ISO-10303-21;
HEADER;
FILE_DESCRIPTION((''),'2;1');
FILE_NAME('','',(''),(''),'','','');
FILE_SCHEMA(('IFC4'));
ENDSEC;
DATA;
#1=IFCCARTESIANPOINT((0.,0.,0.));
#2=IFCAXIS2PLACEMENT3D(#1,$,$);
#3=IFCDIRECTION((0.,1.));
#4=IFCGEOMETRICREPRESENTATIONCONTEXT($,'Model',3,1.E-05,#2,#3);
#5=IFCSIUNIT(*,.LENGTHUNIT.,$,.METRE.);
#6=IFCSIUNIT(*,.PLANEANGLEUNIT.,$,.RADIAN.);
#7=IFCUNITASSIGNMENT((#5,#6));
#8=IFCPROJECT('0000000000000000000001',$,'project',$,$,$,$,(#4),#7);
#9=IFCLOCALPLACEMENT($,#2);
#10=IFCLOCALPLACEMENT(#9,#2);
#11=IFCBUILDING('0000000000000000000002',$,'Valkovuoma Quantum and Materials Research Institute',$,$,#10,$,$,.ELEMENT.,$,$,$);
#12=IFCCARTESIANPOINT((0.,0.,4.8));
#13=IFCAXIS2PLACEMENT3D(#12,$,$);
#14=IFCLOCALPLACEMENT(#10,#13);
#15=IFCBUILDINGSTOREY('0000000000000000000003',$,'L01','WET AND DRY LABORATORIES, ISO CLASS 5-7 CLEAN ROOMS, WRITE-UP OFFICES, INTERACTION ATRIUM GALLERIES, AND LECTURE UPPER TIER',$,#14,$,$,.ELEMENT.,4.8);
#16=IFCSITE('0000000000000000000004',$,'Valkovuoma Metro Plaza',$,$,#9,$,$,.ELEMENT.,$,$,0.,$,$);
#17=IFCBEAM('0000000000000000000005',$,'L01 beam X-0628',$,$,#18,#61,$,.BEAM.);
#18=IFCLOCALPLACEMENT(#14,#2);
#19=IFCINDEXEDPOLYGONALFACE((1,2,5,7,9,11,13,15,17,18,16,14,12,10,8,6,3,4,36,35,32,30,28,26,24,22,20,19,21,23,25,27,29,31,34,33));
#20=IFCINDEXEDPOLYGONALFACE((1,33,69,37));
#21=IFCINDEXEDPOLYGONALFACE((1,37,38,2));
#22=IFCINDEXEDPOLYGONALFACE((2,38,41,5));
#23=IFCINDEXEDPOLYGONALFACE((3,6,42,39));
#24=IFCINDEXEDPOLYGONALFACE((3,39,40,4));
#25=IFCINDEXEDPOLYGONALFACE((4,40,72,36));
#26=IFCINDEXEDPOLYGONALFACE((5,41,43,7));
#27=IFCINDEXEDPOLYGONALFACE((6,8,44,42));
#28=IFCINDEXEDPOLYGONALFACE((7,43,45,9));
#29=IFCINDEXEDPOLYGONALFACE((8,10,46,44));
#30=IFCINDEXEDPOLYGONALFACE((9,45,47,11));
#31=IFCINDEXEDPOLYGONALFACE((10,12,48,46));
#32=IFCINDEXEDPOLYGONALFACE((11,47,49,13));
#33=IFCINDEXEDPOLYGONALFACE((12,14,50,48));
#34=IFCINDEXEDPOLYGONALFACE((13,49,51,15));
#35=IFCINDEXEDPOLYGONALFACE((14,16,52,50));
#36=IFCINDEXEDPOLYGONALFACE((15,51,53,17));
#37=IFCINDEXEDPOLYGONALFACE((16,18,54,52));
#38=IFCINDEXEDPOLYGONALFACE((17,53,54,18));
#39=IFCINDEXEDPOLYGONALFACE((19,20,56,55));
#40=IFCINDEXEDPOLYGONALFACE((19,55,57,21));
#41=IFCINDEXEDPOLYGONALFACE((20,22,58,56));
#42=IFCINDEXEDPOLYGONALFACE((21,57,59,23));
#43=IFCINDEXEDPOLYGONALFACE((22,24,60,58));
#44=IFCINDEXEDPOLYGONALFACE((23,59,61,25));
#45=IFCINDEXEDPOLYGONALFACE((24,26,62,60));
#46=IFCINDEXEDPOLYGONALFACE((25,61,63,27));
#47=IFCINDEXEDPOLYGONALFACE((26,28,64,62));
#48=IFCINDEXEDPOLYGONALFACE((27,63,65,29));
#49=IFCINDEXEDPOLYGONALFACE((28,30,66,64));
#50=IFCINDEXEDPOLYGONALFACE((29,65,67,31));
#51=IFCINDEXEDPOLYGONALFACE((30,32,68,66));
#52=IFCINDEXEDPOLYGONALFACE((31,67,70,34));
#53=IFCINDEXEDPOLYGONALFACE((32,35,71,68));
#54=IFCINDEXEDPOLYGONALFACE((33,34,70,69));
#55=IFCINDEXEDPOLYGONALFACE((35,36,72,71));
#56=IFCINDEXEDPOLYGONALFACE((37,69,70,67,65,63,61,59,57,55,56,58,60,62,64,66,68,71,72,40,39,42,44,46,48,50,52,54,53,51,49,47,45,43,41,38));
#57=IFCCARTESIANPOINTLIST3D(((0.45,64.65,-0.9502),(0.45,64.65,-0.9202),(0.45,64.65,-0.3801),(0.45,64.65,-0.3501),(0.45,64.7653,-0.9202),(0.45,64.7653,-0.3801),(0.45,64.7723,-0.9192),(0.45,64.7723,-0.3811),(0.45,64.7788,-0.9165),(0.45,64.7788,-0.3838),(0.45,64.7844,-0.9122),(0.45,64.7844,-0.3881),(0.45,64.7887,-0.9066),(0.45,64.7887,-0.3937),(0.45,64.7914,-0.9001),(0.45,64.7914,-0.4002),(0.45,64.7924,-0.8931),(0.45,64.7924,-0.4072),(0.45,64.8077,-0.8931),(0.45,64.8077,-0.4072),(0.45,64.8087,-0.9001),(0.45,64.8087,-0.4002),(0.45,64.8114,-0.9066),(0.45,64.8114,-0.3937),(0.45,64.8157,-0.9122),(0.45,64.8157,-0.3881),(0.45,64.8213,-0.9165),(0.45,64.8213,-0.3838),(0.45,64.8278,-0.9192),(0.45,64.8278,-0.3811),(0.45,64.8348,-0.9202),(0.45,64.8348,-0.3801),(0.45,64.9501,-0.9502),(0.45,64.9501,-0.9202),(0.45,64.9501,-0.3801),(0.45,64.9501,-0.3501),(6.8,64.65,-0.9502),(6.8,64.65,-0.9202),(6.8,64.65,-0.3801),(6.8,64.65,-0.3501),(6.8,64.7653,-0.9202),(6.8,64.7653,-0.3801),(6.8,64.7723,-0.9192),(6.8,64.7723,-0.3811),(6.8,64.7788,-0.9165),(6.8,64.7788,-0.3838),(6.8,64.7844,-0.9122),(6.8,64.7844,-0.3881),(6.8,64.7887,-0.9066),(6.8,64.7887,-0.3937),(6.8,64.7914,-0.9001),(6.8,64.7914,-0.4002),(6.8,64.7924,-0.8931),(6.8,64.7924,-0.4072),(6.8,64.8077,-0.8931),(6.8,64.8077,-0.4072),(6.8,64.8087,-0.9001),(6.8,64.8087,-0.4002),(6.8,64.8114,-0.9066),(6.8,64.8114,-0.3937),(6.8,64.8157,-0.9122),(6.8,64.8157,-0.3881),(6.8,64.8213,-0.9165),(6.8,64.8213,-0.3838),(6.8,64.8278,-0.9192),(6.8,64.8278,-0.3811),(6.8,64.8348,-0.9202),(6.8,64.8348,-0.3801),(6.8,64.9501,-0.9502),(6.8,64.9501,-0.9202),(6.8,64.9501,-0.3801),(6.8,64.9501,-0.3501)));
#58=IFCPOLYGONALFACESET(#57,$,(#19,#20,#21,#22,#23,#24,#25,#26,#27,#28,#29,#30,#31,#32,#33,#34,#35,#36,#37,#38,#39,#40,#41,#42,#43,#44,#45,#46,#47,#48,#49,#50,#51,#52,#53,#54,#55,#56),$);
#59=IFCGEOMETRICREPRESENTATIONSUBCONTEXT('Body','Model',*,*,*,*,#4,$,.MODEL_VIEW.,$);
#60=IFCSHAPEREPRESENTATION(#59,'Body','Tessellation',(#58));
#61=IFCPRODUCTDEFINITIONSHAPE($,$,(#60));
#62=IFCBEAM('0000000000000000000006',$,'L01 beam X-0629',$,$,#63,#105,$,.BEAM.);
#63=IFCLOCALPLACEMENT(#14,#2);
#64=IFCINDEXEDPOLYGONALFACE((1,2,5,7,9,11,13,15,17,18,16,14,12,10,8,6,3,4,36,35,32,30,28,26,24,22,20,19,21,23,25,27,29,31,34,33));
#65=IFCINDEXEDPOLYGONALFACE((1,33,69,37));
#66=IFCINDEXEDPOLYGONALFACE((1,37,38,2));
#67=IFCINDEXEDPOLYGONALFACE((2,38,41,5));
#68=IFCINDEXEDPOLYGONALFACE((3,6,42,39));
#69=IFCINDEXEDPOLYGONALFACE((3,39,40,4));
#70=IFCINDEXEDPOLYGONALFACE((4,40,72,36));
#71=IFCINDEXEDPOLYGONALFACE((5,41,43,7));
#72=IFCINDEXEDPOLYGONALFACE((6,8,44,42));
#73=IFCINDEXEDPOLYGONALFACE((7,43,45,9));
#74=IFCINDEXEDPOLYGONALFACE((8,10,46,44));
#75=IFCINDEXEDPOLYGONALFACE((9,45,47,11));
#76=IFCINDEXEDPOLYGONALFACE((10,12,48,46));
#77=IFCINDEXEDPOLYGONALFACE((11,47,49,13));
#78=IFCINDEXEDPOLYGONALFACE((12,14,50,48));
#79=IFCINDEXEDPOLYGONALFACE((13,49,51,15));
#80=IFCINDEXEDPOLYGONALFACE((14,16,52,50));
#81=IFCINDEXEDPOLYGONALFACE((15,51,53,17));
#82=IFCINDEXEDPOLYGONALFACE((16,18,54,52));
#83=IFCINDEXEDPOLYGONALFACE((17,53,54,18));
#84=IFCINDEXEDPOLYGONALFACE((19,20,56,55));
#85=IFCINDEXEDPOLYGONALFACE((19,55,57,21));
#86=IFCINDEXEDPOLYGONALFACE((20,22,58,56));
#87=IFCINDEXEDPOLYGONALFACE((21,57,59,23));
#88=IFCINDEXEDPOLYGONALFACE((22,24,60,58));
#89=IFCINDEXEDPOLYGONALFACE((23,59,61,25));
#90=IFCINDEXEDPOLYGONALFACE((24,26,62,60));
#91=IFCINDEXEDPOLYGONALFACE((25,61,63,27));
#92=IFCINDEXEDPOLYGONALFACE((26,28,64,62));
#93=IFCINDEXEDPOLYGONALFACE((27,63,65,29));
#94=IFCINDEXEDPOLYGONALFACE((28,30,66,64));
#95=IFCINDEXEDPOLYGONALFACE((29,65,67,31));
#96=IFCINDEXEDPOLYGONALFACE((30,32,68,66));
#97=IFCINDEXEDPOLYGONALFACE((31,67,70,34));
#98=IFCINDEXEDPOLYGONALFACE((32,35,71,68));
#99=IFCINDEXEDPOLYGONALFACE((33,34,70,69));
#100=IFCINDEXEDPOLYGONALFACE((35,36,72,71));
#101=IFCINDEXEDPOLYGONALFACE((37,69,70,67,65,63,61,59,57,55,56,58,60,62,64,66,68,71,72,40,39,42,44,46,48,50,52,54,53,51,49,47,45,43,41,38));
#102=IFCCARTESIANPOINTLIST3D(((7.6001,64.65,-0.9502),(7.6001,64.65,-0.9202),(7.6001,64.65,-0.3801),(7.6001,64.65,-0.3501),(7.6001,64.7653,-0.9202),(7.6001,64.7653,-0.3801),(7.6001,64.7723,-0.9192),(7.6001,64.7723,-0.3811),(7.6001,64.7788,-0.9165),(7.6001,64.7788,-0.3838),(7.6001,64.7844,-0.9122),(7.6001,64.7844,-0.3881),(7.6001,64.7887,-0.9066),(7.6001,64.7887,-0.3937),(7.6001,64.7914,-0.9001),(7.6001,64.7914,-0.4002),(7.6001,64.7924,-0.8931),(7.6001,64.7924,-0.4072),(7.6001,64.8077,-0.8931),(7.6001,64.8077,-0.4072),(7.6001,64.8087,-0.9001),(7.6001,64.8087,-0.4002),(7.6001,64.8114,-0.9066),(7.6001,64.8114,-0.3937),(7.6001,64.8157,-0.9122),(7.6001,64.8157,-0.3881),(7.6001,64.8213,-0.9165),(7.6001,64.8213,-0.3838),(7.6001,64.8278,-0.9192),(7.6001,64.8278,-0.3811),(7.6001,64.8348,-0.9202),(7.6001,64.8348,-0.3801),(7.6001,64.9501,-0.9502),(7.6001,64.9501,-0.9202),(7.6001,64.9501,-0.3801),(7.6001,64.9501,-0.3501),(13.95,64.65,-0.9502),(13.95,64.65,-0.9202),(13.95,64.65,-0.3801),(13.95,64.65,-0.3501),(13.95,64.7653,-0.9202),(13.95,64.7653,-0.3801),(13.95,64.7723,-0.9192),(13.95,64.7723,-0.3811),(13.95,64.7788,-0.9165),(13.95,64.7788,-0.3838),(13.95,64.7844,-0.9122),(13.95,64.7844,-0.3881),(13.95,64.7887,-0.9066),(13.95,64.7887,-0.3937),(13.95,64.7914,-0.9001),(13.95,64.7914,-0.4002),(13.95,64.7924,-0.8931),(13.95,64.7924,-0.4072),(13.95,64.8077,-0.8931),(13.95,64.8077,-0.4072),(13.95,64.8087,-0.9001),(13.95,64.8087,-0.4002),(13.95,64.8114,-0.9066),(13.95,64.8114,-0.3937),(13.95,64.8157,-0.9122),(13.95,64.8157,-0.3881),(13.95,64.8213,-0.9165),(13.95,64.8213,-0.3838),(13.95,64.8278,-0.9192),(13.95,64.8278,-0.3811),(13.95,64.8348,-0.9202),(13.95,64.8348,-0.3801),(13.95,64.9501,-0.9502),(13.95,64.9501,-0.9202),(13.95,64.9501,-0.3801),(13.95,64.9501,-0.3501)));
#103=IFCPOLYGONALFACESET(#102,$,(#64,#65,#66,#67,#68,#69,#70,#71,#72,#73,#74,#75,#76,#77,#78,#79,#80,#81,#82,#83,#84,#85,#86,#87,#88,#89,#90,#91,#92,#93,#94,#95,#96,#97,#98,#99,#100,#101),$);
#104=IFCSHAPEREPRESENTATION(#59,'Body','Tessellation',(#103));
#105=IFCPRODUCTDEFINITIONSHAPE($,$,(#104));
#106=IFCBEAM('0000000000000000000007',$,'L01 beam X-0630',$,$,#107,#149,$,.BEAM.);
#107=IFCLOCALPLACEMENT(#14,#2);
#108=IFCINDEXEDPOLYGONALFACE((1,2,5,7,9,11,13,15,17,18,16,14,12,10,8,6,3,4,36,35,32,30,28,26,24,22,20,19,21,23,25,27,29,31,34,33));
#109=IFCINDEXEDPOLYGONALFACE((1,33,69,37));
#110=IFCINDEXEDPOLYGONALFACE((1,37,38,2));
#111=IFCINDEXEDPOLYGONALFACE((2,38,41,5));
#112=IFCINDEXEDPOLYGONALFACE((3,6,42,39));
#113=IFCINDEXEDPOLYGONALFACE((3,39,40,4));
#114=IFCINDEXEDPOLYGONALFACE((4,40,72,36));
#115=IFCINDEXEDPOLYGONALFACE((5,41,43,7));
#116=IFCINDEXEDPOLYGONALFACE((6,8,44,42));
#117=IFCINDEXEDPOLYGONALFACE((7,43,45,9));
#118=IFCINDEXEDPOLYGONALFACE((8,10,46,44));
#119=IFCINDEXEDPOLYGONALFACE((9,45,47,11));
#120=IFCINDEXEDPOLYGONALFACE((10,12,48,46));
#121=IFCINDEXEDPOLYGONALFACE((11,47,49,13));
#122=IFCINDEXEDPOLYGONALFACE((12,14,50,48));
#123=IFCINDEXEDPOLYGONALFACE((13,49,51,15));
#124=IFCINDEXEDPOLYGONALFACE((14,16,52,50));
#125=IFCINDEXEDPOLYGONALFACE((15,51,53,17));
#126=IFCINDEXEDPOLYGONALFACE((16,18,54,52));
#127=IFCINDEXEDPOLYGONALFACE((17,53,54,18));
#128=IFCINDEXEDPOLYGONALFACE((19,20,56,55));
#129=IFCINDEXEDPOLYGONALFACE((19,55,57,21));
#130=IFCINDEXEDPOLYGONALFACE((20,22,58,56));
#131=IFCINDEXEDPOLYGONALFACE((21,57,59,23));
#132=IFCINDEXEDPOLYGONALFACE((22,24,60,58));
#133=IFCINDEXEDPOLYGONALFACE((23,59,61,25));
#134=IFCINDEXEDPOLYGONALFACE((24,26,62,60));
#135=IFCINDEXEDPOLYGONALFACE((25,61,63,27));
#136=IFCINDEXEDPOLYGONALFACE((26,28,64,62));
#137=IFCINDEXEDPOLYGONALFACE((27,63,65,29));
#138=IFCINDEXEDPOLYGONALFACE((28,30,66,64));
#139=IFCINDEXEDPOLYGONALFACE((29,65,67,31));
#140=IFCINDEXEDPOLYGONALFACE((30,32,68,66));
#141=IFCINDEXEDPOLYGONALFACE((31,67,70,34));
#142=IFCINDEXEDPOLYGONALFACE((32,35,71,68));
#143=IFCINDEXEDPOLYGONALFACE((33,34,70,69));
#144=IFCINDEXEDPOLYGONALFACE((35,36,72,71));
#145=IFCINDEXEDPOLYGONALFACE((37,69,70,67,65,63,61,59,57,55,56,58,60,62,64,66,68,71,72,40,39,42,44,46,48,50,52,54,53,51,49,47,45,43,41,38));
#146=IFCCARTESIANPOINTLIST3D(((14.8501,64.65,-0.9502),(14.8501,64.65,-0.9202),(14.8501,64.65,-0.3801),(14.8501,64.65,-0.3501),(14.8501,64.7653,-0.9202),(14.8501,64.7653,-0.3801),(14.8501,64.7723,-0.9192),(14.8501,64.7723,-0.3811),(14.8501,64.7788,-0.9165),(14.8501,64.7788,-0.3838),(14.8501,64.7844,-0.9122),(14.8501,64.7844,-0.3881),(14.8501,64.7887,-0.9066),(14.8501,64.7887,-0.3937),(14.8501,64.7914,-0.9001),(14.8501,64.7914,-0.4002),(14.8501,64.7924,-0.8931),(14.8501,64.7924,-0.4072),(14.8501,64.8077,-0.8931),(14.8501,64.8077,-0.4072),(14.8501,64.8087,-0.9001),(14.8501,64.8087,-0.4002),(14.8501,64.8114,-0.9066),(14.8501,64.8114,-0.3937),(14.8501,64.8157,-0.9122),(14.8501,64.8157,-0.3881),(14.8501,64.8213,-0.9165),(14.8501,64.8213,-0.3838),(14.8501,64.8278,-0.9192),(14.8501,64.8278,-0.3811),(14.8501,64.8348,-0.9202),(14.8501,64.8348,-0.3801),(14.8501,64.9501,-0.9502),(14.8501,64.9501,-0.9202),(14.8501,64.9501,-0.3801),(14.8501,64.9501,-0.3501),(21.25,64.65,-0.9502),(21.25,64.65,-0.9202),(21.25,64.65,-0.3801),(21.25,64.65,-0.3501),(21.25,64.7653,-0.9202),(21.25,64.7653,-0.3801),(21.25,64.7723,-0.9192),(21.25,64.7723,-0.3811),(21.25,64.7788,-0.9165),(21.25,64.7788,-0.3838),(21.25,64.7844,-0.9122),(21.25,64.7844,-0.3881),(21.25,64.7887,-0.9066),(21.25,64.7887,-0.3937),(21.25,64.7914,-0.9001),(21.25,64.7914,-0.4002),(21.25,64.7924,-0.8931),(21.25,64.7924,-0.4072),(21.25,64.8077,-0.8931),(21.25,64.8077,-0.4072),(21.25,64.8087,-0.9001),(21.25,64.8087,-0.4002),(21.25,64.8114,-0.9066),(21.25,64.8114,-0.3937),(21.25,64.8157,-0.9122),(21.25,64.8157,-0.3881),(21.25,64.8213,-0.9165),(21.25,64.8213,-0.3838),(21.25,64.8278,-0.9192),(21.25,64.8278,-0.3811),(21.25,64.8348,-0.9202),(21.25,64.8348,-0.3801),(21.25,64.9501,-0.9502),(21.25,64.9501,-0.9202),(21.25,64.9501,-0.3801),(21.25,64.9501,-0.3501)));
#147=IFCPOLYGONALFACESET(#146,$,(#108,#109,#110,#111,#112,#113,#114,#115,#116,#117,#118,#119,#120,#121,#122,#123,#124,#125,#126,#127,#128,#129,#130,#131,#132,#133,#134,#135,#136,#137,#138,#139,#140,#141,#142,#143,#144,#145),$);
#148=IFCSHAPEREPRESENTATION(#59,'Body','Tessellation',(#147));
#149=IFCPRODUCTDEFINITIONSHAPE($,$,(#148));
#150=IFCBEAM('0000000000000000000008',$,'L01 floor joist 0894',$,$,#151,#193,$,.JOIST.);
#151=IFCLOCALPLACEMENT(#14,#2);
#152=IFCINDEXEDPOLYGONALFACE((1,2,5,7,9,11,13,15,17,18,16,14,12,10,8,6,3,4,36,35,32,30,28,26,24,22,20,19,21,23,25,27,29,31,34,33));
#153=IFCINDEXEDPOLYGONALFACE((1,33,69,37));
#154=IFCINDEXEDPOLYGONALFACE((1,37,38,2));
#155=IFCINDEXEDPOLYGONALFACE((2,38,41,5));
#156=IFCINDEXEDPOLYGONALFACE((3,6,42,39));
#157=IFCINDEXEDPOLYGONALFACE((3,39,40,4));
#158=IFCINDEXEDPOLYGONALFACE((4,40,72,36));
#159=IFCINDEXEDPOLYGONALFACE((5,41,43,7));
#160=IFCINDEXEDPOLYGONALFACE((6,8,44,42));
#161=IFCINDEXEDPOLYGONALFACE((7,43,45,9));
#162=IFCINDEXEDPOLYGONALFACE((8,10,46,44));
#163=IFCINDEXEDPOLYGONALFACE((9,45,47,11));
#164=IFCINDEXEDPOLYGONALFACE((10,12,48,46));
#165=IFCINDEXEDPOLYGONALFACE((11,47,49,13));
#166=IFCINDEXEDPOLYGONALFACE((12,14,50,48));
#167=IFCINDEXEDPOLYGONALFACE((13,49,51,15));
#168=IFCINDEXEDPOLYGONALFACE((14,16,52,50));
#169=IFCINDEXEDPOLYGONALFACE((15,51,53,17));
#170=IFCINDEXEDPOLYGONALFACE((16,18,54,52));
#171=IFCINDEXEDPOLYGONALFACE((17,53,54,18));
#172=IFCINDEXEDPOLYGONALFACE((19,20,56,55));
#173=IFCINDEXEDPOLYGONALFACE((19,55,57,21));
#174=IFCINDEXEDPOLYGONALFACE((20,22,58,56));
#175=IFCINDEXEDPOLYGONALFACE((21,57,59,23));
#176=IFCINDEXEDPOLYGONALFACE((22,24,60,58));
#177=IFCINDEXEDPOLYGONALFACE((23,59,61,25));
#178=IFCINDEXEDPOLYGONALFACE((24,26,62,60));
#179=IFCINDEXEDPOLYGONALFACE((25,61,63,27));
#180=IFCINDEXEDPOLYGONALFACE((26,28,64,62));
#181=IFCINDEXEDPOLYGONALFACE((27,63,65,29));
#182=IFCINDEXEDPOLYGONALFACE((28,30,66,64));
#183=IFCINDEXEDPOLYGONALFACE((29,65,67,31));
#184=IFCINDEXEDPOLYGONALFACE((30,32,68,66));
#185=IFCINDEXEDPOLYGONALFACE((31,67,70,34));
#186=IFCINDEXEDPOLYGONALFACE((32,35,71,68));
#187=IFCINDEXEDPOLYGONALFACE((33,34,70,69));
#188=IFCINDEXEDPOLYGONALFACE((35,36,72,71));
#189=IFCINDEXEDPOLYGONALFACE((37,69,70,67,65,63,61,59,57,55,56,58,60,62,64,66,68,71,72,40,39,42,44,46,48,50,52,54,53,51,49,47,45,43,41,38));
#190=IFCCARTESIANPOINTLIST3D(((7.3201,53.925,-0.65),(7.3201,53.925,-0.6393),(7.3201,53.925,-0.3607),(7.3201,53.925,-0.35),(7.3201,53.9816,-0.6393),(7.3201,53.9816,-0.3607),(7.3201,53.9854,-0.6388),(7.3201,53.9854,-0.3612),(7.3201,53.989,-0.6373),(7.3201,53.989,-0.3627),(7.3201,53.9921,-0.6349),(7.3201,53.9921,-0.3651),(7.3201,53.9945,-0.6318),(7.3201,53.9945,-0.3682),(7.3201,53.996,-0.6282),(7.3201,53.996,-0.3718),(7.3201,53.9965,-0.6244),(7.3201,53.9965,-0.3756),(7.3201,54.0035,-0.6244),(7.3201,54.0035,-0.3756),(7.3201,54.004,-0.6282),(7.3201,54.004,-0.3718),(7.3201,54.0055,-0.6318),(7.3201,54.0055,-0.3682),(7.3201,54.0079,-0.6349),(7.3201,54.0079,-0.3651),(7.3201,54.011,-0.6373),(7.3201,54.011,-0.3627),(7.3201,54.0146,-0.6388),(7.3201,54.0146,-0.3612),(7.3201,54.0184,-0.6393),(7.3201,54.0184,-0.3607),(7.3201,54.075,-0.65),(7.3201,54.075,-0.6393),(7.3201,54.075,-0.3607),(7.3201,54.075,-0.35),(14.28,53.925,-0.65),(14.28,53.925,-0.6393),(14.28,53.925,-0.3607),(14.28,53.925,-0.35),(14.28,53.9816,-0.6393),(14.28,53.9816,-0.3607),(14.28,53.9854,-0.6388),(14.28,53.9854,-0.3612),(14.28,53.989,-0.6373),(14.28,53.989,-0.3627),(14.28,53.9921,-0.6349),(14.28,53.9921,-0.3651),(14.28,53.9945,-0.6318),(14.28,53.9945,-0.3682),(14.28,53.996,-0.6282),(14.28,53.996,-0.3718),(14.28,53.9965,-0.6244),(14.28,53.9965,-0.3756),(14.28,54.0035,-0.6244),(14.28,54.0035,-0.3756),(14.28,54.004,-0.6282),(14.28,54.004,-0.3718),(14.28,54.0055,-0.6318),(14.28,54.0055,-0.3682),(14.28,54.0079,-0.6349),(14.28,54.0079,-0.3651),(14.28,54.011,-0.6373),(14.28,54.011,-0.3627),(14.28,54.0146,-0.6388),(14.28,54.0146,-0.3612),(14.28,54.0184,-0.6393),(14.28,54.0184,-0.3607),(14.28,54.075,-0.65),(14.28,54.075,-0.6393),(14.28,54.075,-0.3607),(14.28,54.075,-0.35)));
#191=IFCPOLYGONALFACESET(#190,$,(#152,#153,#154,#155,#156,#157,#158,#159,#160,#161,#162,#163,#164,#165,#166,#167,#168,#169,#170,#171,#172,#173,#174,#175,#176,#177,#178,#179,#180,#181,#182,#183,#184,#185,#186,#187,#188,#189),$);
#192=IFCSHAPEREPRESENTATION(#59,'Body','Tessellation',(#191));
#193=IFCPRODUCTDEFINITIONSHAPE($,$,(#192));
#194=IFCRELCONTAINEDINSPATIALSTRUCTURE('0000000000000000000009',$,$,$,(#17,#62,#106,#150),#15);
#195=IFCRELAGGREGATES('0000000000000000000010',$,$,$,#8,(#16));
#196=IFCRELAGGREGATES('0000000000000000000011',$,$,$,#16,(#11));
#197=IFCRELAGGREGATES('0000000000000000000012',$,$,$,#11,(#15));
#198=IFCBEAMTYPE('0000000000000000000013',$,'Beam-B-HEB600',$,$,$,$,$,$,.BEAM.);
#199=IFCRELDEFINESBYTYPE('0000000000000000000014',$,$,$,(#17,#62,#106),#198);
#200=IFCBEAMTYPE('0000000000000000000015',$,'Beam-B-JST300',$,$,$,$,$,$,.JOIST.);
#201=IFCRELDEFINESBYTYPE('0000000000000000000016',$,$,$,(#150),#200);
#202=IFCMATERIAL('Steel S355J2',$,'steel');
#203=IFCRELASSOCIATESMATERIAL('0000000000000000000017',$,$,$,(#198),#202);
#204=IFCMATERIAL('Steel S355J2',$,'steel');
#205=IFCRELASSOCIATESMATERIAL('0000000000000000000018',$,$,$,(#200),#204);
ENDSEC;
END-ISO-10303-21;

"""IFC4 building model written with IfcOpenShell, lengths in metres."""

from ifc_helpers import new_model, si_unit, direction, frame, origin, origin_2d, place, context, subcontext, project, spatial, i_section, extrude, material, material_profile, profile_set, type_object, element, save


model = new_model("IFC4")

# Units and contexts
model_context = context("Model", 3, precision=1e-05, world=origin(), true_north=direction((0.0, 1.0)))
body_context = subcontext(model_context, "Body", "Model", "MODEL_VIEW")
ifc_project = project(units=[si_unit("LENGTHUNIT", "METRE"), si_unit("PLANEANGLEUNIT", "RADIAN")], contexts=[model_context])

# Site, building, storey
site_placement = place(None, origin())
site = spatial("IfcSite", under=ifc_project, at=site_placement, Name="Valkovuoma Metro Plaza", CompositionType="ELEMENT", RefElevation=0.0)
building_placement = place(site_placement, origin())
building = spatial("IfcBuilding", under=site, at=building_placement, Name="Valkovuoma Quantum and Materials Research Institute", CompositionType="ELEMENT")
storey_placement = place(building_placement, frame((0.0, 0.0, 4.8)))
storey = spatial("IfcBuildingStorey", under=building, at=storey_placement, Name="L01", Description="WET AND DRY LABORATORIES, ISO CLASS 5-7 CLEAN ROOMS, WRITE-UP OFFICES, INTERACTION ATRIUM GALLERIES, AND LECTURE UPPER TIER", CompositionType="ELEMENT", Elevation=4.8)

# Beams
ifc_material_1 = material(Name="Steel S355J2", Category="steel")
ifc_material_profile_1 = material_profile(ifc_material_1, i_section(OverallWidth=0.3, OverallDepth=0.6001, WebThickness=0.0154, FlangeThickness=0.03, FilletRadius=0.0271, at=origin_2d()), Name="Steel S355J2")
ifc_profile_set_1 = profile_set([ifc_material_profile_1], Name="Steel S355J2")
beam_type_1 = type_object("IfcBeamType", Name="Beam-B-HEB600", PredefinedType="BEAM", material=ifc_profile_set_1)
beam_1_placement = place(storey_placement, frame((0.45, 64.8, -0.6501), z_axis=(1.0, 0.0, 0.0), x_axis=(0.0, 1.0, 0.0)))
element("IfcBeam", 1, at=beam_1_placement, inside=storey, type_object=beam_type_1, Name="L01 beam X-0628", PredefinedType="BEAM", context=body_context, shape_type="SweptSolid", body=[
    extrude(i_section(OverallWidth=0.3, OverallDepth=0.6001, WebThickness=0.0154, FlangeThickness=0.03, FilletRadius=0.0271, at=origin_2d()), origin(), (0.0, 0.0, 1.0), 6.3501),
])
beam_2_placement = place(storey_placement, frame((7.6001, 64.8, -0.6501), z_axis=(1.0, 0.0, 0.0), x_axis=(0.0, 1.0, 0.0)))
element("IfcBeam", 2, at=beam_2_placement, inside=storey, type_object=beam_type_1, Name="L01 beam X-0629", PredefinedType="BEAM", context=body_context, shape_type="SweptSolid", body=[
    extrude(i_section(OverallWidth=0.3, OverallDepth=0.6001, WebThickness=0.0154, FlangeThickness=0.03, FilletRadius=0.0271, at=origin_2d()), origin(), (0.0, 0.0, 1.0), 6.3499),
])
beam_3_placement = place(storey_placement, frame((14.8501, 64.8, -0.6501), z_axis=(1.0, 0.0, 0.0), x_axis=(0.0, 1.0, 0.0)))
element("IfcBeam", 3, at=beam_3_placement, inside=storey, type_object=beam_type_1, Name="L01 beam X-0630", PredefinedType="BEAM", context=body_context, shape_type="SweptSolid", body=[
    extrude(i_section(OverallWidth=0.3, OverallDepth=0.6001, WebThickness=0.0154, FlangeThickness=0.03, FilletRadius=0.0271, at=origin_2d()), origin(), (0.0, 0.0, 1.0), 6.3999),
])
ifc_material_2 = material(Name="Steel S355J2", Category="steel")
ifc_material_profile_2 = material_profile(ifc_material_2, i_section(OverallWidth=0.1499, OverallDepth=0.3, WebThickness=0.0071, FlangeThickness=0.0107, FilletRadius=0.0149, at=origin_2d()), Name="Steel S355J2")
ifc_profile_set_2 = profile_set([ifc_material_profile_2], Name="Steel S355J2")
beam_type_2 = type_object("IfcBeamType", Name="Beam-B-JST300", PredefinedType="JOIST", material=ifc_profile_set_2)
for number, where, z_axis, x_axis, name in (
    (4, (7.3201, 54.0, -0.5), (1.0, 0.0, 0.0), (0.0, 1.0, 0.0), "L01 floor joist 0894"),
):
    element("IfcBeam", number, at=place(storey_placement, frame(where, z_axis=z_axis, x_axis=x_axis)), inside=storey, type_object=beam_type_2, Name=name, PredefinedType="JOIST", context=body_context, shape_type="SweptSolid", body=[
        extrude(i_section(OverallWidth=0.1499, OverallDepth=0.3, WebThickness=0.0071, FlangeThickness=0.0107, FilletRadius=0.0149, at=origin_2d()), origin(), (0.0, 0.0, 1.0), 6.96),
    ])

save(model, "model.ifc")
